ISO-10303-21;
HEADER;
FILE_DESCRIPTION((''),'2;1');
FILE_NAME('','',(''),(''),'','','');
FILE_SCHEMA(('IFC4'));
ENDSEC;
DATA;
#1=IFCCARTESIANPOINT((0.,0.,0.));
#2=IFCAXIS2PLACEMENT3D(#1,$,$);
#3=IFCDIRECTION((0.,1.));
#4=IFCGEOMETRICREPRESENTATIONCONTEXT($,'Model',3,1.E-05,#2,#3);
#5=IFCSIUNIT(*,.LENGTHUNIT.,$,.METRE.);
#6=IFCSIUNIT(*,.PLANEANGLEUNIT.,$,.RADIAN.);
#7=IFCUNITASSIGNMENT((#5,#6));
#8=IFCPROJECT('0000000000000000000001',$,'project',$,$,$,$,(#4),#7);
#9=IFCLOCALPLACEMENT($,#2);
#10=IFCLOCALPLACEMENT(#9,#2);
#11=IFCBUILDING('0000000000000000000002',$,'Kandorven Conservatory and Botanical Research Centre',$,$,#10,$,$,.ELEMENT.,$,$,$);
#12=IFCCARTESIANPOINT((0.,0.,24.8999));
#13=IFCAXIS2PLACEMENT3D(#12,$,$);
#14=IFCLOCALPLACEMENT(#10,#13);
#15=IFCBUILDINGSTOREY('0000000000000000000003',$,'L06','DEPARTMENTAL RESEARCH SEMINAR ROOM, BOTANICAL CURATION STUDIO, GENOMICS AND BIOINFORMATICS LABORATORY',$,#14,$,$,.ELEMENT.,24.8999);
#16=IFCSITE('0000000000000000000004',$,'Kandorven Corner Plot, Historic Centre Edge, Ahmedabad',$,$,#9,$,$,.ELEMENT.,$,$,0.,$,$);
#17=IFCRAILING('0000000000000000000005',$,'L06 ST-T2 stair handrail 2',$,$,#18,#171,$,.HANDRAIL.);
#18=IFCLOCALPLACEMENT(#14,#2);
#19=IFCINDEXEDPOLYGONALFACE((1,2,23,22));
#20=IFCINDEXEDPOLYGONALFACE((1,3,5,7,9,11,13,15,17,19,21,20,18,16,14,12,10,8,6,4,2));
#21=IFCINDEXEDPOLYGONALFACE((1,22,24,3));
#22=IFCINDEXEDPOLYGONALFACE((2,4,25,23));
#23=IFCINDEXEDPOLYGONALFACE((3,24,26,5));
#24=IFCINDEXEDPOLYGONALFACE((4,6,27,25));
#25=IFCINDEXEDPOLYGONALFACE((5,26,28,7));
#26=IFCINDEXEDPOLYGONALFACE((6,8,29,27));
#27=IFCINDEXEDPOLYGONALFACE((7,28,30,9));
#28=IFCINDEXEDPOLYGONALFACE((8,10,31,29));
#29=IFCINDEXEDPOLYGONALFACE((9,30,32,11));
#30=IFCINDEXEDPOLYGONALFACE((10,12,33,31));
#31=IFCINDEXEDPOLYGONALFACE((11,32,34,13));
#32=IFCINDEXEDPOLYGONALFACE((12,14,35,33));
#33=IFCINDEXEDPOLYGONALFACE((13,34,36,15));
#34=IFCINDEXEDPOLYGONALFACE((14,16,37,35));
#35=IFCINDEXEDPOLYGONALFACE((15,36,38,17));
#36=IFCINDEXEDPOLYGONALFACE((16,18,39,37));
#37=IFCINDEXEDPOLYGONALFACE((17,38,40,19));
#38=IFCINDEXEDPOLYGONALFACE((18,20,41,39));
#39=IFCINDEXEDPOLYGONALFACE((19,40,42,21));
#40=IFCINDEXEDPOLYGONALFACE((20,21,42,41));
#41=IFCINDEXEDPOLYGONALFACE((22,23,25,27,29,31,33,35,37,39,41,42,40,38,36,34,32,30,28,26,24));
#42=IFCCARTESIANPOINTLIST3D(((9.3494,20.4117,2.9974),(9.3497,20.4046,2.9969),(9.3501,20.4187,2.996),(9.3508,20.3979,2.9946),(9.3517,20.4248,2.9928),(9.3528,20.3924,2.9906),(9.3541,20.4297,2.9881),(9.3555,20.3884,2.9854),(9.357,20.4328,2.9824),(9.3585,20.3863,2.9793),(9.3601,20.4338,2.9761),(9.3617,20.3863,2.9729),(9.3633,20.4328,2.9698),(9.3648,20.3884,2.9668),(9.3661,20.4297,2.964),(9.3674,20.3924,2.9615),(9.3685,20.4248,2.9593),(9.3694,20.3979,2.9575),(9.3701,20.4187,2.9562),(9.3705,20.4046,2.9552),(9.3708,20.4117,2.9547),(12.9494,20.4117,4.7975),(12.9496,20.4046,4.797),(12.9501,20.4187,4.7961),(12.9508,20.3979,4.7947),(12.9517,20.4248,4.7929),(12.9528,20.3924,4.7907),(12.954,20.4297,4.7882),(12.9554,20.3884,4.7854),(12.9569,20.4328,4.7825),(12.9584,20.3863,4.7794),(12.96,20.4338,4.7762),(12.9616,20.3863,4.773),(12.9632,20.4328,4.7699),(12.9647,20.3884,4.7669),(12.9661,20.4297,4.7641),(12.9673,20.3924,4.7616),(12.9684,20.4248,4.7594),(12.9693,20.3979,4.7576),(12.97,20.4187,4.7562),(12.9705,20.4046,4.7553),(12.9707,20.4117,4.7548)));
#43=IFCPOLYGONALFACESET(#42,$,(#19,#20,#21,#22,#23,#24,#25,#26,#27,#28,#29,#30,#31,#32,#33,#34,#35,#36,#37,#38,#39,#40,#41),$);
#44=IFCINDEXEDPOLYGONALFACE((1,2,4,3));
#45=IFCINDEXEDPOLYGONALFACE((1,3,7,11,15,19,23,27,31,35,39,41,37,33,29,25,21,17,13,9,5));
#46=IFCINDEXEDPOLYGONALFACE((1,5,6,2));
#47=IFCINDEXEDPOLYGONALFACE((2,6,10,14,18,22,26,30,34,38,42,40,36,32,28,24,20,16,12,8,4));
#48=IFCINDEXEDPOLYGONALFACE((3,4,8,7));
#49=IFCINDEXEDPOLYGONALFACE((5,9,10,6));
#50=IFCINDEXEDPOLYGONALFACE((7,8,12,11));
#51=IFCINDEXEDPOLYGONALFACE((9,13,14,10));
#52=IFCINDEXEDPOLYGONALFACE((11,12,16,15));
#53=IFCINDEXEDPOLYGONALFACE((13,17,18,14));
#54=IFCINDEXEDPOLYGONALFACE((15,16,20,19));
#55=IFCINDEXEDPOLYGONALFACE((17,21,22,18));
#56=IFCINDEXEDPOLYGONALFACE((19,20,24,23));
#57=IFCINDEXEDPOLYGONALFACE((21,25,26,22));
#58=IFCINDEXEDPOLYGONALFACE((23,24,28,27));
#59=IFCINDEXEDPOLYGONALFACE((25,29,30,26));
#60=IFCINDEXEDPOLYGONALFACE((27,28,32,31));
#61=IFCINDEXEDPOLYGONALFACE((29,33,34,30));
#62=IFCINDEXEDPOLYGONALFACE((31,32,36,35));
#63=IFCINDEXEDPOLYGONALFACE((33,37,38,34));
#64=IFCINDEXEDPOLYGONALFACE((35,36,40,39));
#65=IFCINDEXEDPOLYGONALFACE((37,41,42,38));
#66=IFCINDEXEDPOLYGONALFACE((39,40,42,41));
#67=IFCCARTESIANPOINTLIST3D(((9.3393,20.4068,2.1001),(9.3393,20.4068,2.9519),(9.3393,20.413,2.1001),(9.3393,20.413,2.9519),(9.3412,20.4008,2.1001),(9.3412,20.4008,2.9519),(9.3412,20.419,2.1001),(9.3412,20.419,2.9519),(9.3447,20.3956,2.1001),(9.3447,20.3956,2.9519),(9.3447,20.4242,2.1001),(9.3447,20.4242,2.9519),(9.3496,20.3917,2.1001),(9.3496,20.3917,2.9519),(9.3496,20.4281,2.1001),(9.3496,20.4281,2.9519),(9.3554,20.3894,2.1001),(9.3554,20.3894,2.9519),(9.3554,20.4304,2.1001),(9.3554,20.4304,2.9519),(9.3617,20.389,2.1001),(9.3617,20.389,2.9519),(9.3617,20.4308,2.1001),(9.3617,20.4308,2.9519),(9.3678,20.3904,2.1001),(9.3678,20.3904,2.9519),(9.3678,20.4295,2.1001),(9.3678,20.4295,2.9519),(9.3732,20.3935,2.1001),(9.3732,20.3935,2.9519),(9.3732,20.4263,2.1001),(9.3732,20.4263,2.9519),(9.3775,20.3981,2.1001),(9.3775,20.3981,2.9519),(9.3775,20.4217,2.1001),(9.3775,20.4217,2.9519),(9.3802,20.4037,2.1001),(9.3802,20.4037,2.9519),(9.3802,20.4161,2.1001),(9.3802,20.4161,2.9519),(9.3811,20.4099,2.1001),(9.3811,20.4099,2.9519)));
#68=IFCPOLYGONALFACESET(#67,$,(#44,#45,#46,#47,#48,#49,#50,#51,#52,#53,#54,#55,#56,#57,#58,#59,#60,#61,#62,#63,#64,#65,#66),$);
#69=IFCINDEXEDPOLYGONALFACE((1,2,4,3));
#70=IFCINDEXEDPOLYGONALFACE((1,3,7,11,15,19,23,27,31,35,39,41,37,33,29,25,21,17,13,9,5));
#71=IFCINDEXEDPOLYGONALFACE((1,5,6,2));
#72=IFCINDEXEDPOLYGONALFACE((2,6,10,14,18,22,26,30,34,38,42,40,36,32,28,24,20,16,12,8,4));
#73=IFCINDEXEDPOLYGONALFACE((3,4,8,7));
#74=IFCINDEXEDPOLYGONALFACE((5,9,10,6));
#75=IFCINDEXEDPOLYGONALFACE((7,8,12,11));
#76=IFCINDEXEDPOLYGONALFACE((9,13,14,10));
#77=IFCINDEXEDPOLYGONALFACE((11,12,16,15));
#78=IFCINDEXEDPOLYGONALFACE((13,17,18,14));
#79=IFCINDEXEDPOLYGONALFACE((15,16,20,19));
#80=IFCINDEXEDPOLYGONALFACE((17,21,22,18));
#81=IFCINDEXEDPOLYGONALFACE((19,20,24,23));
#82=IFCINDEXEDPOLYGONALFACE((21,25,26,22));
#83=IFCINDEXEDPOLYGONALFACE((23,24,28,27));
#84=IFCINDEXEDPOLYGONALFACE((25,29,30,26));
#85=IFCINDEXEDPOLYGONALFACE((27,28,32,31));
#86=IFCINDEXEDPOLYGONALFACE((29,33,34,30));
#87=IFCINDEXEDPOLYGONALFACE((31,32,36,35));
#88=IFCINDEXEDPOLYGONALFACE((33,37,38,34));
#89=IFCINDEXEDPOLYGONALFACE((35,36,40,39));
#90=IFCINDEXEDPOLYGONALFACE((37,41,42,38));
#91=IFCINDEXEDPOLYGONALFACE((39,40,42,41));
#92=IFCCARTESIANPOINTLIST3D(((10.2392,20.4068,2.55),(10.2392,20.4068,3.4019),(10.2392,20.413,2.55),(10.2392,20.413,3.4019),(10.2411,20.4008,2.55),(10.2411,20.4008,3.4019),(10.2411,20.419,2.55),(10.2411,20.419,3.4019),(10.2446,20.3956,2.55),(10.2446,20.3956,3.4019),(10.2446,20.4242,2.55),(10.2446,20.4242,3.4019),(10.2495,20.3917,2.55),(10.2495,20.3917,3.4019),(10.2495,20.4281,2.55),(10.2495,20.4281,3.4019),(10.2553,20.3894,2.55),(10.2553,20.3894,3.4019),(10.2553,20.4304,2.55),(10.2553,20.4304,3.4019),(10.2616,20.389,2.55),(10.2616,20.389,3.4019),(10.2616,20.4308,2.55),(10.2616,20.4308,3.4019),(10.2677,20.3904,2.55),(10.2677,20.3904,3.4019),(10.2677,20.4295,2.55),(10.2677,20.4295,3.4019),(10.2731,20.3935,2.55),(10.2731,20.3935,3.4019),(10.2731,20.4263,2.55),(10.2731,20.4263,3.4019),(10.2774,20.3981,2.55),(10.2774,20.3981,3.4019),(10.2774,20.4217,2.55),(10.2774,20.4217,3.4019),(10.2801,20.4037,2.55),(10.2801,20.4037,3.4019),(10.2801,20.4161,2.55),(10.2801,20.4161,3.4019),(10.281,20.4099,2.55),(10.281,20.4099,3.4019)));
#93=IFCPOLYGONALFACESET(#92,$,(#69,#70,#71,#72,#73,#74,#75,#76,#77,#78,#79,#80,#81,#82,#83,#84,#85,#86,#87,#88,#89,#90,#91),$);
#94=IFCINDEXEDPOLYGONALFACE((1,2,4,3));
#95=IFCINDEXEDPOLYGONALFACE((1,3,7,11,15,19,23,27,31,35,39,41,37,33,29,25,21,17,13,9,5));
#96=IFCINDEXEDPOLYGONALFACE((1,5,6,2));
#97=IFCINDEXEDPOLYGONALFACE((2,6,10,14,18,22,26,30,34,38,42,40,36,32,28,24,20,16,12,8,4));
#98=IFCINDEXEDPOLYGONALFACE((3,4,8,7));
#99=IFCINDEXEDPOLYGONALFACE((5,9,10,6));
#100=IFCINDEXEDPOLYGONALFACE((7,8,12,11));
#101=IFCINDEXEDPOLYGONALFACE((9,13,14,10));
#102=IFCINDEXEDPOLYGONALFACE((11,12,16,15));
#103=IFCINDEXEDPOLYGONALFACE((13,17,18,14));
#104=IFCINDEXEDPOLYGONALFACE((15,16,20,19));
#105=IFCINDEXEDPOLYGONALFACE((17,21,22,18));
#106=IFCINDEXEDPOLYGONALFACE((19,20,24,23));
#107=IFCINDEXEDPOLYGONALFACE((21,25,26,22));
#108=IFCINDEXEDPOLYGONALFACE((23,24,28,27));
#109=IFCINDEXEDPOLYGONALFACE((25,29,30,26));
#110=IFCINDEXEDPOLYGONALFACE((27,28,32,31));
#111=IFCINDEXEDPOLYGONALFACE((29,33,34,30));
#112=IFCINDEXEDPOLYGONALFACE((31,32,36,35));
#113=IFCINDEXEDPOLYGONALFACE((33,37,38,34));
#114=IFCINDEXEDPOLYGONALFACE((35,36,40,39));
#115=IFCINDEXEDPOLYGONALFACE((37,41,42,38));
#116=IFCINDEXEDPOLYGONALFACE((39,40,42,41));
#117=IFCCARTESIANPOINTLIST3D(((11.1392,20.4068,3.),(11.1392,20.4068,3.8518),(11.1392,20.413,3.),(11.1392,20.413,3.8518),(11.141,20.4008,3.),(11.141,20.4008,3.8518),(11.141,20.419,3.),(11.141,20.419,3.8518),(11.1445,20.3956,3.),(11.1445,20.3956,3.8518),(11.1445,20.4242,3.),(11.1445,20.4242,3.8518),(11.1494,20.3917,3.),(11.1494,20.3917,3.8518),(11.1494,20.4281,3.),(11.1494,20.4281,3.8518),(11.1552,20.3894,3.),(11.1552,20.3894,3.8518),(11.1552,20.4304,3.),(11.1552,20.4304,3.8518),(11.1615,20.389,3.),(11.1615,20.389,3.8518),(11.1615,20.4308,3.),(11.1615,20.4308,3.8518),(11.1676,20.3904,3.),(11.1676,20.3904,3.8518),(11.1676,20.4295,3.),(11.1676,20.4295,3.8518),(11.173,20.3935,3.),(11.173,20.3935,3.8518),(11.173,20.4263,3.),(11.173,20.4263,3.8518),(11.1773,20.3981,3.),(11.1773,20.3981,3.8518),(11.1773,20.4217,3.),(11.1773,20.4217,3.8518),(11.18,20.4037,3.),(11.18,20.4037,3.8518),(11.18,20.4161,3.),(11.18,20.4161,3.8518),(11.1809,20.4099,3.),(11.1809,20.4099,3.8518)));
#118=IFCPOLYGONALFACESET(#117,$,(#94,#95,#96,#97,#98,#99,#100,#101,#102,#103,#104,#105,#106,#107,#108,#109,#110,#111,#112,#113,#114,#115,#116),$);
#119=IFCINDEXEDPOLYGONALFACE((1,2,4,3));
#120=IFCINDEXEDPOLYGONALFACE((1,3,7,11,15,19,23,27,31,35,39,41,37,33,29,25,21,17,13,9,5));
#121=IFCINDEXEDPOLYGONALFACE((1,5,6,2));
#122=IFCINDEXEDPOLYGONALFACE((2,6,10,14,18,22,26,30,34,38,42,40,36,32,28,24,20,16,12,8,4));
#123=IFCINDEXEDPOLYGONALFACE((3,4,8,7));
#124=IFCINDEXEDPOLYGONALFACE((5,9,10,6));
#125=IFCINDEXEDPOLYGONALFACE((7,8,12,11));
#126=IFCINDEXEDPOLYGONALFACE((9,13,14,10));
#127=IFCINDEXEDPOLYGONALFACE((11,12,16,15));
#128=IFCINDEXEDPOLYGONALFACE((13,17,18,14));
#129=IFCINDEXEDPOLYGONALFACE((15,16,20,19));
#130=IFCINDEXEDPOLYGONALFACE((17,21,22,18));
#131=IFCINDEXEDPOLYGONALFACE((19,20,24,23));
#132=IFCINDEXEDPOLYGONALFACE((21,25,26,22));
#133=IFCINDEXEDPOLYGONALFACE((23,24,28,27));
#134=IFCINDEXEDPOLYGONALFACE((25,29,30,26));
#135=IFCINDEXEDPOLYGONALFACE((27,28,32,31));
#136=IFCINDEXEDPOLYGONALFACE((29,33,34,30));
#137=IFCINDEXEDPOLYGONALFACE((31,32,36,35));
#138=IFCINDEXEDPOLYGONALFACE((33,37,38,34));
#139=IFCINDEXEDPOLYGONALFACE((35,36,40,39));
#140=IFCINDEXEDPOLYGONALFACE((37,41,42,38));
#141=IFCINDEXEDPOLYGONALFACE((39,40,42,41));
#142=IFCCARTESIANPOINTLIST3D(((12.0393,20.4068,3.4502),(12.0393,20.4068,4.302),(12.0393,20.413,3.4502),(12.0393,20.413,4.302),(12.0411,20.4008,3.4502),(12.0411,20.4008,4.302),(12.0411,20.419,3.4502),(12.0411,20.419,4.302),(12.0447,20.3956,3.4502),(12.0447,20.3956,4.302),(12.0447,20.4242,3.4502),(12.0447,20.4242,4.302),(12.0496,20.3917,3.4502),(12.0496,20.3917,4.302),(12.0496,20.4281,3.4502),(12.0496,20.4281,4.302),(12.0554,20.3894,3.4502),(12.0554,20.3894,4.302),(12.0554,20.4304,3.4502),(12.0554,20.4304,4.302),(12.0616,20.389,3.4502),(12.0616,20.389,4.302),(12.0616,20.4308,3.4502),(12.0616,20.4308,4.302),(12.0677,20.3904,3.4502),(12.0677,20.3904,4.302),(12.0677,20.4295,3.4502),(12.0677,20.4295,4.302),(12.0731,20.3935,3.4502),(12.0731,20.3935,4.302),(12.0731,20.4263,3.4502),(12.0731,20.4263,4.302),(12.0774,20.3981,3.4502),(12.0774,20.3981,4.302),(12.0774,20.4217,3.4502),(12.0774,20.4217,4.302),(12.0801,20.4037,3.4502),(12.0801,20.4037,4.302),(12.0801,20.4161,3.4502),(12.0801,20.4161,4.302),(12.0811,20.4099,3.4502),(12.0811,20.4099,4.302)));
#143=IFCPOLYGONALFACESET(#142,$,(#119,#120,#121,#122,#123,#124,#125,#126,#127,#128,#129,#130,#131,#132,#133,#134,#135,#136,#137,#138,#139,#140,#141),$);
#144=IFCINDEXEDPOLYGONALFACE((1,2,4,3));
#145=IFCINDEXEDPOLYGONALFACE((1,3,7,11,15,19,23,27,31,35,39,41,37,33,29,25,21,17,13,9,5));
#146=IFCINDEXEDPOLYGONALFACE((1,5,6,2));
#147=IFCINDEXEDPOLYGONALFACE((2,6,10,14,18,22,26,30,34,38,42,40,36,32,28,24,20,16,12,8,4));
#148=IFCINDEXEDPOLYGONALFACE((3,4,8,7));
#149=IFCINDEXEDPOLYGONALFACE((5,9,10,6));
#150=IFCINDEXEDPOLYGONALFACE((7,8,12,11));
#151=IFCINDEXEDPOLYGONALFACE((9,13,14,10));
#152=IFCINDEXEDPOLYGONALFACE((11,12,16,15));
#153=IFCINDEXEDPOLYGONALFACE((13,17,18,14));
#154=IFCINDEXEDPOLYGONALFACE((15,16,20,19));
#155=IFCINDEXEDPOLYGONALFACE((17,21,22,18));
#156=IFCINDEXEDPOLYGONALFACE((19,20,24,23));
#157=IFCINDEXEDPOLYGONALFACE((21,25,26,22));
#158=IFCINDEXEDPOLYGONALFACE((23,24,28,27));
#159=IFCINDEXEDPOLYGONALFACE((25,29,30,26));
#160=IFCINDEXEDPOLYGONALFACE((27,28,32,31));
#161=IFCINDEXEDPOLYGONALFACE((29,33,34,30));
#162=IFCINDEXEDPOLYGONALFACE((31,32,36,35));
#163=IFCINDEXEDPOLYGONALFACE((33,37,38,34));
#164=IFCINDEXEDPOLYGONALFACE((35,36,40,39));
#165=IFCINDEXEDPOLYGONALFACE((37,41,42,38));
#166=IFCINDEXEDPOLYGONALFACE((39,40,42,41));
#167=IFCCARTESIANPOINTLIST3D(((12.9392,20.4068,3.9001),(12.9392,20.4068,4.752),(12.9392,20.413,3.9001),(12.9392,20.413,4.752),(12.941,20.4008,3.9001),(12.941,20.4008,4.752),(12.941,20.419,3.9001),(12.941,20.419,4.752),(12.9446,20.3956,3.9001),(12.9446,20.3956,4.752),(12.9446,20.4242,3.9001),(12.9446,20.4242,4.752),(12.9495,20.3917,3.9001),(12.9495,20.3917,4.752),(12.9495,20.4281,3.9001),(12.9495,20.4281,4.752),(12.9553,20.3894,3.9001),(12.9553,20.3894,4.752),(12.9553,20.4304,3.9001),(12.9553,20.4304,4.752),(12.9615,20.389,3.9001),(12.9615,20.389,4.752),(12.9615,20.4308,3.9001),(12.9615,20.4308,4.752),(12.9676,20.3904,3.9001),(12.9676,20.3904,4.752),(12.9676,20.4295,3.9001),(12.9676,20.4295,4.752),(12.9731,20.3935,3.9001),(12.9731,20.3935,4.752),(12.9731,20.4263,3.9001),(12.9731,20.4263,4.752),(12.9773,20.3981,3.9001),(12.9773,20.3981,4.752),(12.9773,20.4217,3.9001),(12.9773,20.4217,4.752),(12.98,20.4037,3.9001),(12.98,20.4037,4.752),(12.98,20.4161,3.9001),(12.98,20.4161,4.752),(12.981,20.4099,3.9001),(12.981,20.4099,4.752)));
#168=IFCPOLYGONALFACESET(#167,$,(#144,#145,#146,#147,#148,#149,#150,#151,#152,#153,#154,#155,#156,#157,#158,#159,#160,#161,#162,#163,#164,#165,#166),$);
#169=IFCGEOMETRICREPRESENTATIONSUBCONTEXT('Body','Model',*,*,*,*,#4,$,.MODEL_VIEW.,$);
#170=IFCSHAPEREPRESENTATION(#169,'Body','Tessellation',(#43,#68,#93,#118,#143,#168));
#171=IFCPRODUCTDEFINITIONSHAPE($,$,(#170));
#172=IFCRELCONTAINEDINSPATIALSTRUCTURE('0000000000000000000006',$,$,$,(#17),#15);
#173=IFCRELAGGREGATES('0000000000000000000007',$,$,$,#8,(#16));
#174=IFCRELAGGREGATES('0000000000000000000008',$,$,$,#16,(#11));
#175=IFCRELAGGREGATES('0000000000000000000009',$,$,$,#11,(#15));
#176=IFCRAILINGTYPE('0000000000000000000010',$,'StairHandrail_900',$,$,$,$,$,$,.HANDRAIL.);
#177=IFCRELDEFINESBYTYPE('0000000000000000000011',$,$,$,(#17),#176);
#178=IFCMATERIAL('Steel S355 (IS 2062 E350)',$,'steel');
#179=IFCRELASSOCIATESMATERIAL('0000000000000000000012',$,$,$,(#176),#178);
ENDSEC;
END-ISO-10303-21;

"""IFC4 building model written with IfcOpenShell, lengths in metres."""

from ifc_helpers import new_model, si_unit, direction, frame, origin, origin_2d, place, context, subcontext, project, spatial, circle, extrude, material, type_object, element, save


model = new_model("IFC4")

# Units and contexts
model_context = context("Model", 3, precision=1e-05, world=origin(), true_north=direction((0.0, 1.0)))
body_context = subcontext(model_context, "Body", "Model", "MODEL_VIEW")
ifc_project = project(units=[si_unit("LENGTHUNIT", "METRE"), si_unit("PLANEANGLEUNIT", "RADIAN")], contexts=[model_context])

# Site, building, storey
site_placement = place(None, origin())
site = spatial("IfcSite", under=ifc_project, at=site_placement, Name="Kandorven Corner Plot, Historic Centre Edge, Ahmedabad", CompositionType="ELEMENT", RefElevation=0.0)
building_placement = place(site_placement, origin())
building = spatial("IfcBuilding", under=site, at=building_placement, Name="Kandorven Conservatory and Botanical Research Centre", CompositionType="ELEMENT")
storey_placement = place(building_placement, frame((0.0, 0.0, 24.8999)))
storey = spatial("IfcBuildingStorey", under=building, at=storey_placement, Name="L06", Description="DEPARTMENTAL RESEARCH SEMINAR ROOM, BOTANICAL CURATION STUDIO, GENOMICS AND BIOINFORMATICS LABORATORY", CompositionType="ELEMENT", Elevation=24.8999)

# Railing
ifc_material_1 = material(Name="Steel S355 (IS 2062 E350)", Category="steel")
railing_type_1 = type_object("IfcRailingType", Name="StairHandrail_900", PredefinedType="HANDRAIL", material=ifc_material_1)
railing_1_placement = place(storey_placement, frame((9.3601, 20.4099, 2.1001)))
element("IfcRailing", 1, at=railing_1_placement, inside=storey, type_object=railing_type_1, Name="L06 ST-T2 stair handrail 2", PredefinedType="HANDRAIL", context=body_context, shape_type="SweptSolid", body=[
    extrude(circle(Radius=0.0239, at=origin_2d()), frame((0.0, 0.0, 0.876), z_axis=(0.894415, 0.0, 0.447238), x_axis=(0.0, 1.0, 0.0)), (0.0, 0.0, 1.0), 4.0249),
    extrude(circle(Radius=0.021, at=origin_2d()), origin(), (0.0, 0.0, 1.0), 0.8518),
    extrude(circle(Radius=0.021, at=origin_2d()), frame((0.8999, 0.0, 0.45)), (0.0, 0.0, 1.0), 0.8518),
    extrude(circle(Radius=0.021, at=origin_2d()), frame((1.7998, 0.0, 0.8999)), (0.0, 0.0, 1.0), 0.8518),
    extrude(circle(Radius=0.021, at=origin_2d()), frame((2.7, 0.0, 1.3501)), (0.0, 0.0, 1.0), 0.8518),
    extrude(circle(Radius=0.021, at=origin_2d()), frame((3.5999, 0.0, 1.8)), (0.0, 0.0, 1.0), 0.8518),
])

save(model, "model.ifc")
